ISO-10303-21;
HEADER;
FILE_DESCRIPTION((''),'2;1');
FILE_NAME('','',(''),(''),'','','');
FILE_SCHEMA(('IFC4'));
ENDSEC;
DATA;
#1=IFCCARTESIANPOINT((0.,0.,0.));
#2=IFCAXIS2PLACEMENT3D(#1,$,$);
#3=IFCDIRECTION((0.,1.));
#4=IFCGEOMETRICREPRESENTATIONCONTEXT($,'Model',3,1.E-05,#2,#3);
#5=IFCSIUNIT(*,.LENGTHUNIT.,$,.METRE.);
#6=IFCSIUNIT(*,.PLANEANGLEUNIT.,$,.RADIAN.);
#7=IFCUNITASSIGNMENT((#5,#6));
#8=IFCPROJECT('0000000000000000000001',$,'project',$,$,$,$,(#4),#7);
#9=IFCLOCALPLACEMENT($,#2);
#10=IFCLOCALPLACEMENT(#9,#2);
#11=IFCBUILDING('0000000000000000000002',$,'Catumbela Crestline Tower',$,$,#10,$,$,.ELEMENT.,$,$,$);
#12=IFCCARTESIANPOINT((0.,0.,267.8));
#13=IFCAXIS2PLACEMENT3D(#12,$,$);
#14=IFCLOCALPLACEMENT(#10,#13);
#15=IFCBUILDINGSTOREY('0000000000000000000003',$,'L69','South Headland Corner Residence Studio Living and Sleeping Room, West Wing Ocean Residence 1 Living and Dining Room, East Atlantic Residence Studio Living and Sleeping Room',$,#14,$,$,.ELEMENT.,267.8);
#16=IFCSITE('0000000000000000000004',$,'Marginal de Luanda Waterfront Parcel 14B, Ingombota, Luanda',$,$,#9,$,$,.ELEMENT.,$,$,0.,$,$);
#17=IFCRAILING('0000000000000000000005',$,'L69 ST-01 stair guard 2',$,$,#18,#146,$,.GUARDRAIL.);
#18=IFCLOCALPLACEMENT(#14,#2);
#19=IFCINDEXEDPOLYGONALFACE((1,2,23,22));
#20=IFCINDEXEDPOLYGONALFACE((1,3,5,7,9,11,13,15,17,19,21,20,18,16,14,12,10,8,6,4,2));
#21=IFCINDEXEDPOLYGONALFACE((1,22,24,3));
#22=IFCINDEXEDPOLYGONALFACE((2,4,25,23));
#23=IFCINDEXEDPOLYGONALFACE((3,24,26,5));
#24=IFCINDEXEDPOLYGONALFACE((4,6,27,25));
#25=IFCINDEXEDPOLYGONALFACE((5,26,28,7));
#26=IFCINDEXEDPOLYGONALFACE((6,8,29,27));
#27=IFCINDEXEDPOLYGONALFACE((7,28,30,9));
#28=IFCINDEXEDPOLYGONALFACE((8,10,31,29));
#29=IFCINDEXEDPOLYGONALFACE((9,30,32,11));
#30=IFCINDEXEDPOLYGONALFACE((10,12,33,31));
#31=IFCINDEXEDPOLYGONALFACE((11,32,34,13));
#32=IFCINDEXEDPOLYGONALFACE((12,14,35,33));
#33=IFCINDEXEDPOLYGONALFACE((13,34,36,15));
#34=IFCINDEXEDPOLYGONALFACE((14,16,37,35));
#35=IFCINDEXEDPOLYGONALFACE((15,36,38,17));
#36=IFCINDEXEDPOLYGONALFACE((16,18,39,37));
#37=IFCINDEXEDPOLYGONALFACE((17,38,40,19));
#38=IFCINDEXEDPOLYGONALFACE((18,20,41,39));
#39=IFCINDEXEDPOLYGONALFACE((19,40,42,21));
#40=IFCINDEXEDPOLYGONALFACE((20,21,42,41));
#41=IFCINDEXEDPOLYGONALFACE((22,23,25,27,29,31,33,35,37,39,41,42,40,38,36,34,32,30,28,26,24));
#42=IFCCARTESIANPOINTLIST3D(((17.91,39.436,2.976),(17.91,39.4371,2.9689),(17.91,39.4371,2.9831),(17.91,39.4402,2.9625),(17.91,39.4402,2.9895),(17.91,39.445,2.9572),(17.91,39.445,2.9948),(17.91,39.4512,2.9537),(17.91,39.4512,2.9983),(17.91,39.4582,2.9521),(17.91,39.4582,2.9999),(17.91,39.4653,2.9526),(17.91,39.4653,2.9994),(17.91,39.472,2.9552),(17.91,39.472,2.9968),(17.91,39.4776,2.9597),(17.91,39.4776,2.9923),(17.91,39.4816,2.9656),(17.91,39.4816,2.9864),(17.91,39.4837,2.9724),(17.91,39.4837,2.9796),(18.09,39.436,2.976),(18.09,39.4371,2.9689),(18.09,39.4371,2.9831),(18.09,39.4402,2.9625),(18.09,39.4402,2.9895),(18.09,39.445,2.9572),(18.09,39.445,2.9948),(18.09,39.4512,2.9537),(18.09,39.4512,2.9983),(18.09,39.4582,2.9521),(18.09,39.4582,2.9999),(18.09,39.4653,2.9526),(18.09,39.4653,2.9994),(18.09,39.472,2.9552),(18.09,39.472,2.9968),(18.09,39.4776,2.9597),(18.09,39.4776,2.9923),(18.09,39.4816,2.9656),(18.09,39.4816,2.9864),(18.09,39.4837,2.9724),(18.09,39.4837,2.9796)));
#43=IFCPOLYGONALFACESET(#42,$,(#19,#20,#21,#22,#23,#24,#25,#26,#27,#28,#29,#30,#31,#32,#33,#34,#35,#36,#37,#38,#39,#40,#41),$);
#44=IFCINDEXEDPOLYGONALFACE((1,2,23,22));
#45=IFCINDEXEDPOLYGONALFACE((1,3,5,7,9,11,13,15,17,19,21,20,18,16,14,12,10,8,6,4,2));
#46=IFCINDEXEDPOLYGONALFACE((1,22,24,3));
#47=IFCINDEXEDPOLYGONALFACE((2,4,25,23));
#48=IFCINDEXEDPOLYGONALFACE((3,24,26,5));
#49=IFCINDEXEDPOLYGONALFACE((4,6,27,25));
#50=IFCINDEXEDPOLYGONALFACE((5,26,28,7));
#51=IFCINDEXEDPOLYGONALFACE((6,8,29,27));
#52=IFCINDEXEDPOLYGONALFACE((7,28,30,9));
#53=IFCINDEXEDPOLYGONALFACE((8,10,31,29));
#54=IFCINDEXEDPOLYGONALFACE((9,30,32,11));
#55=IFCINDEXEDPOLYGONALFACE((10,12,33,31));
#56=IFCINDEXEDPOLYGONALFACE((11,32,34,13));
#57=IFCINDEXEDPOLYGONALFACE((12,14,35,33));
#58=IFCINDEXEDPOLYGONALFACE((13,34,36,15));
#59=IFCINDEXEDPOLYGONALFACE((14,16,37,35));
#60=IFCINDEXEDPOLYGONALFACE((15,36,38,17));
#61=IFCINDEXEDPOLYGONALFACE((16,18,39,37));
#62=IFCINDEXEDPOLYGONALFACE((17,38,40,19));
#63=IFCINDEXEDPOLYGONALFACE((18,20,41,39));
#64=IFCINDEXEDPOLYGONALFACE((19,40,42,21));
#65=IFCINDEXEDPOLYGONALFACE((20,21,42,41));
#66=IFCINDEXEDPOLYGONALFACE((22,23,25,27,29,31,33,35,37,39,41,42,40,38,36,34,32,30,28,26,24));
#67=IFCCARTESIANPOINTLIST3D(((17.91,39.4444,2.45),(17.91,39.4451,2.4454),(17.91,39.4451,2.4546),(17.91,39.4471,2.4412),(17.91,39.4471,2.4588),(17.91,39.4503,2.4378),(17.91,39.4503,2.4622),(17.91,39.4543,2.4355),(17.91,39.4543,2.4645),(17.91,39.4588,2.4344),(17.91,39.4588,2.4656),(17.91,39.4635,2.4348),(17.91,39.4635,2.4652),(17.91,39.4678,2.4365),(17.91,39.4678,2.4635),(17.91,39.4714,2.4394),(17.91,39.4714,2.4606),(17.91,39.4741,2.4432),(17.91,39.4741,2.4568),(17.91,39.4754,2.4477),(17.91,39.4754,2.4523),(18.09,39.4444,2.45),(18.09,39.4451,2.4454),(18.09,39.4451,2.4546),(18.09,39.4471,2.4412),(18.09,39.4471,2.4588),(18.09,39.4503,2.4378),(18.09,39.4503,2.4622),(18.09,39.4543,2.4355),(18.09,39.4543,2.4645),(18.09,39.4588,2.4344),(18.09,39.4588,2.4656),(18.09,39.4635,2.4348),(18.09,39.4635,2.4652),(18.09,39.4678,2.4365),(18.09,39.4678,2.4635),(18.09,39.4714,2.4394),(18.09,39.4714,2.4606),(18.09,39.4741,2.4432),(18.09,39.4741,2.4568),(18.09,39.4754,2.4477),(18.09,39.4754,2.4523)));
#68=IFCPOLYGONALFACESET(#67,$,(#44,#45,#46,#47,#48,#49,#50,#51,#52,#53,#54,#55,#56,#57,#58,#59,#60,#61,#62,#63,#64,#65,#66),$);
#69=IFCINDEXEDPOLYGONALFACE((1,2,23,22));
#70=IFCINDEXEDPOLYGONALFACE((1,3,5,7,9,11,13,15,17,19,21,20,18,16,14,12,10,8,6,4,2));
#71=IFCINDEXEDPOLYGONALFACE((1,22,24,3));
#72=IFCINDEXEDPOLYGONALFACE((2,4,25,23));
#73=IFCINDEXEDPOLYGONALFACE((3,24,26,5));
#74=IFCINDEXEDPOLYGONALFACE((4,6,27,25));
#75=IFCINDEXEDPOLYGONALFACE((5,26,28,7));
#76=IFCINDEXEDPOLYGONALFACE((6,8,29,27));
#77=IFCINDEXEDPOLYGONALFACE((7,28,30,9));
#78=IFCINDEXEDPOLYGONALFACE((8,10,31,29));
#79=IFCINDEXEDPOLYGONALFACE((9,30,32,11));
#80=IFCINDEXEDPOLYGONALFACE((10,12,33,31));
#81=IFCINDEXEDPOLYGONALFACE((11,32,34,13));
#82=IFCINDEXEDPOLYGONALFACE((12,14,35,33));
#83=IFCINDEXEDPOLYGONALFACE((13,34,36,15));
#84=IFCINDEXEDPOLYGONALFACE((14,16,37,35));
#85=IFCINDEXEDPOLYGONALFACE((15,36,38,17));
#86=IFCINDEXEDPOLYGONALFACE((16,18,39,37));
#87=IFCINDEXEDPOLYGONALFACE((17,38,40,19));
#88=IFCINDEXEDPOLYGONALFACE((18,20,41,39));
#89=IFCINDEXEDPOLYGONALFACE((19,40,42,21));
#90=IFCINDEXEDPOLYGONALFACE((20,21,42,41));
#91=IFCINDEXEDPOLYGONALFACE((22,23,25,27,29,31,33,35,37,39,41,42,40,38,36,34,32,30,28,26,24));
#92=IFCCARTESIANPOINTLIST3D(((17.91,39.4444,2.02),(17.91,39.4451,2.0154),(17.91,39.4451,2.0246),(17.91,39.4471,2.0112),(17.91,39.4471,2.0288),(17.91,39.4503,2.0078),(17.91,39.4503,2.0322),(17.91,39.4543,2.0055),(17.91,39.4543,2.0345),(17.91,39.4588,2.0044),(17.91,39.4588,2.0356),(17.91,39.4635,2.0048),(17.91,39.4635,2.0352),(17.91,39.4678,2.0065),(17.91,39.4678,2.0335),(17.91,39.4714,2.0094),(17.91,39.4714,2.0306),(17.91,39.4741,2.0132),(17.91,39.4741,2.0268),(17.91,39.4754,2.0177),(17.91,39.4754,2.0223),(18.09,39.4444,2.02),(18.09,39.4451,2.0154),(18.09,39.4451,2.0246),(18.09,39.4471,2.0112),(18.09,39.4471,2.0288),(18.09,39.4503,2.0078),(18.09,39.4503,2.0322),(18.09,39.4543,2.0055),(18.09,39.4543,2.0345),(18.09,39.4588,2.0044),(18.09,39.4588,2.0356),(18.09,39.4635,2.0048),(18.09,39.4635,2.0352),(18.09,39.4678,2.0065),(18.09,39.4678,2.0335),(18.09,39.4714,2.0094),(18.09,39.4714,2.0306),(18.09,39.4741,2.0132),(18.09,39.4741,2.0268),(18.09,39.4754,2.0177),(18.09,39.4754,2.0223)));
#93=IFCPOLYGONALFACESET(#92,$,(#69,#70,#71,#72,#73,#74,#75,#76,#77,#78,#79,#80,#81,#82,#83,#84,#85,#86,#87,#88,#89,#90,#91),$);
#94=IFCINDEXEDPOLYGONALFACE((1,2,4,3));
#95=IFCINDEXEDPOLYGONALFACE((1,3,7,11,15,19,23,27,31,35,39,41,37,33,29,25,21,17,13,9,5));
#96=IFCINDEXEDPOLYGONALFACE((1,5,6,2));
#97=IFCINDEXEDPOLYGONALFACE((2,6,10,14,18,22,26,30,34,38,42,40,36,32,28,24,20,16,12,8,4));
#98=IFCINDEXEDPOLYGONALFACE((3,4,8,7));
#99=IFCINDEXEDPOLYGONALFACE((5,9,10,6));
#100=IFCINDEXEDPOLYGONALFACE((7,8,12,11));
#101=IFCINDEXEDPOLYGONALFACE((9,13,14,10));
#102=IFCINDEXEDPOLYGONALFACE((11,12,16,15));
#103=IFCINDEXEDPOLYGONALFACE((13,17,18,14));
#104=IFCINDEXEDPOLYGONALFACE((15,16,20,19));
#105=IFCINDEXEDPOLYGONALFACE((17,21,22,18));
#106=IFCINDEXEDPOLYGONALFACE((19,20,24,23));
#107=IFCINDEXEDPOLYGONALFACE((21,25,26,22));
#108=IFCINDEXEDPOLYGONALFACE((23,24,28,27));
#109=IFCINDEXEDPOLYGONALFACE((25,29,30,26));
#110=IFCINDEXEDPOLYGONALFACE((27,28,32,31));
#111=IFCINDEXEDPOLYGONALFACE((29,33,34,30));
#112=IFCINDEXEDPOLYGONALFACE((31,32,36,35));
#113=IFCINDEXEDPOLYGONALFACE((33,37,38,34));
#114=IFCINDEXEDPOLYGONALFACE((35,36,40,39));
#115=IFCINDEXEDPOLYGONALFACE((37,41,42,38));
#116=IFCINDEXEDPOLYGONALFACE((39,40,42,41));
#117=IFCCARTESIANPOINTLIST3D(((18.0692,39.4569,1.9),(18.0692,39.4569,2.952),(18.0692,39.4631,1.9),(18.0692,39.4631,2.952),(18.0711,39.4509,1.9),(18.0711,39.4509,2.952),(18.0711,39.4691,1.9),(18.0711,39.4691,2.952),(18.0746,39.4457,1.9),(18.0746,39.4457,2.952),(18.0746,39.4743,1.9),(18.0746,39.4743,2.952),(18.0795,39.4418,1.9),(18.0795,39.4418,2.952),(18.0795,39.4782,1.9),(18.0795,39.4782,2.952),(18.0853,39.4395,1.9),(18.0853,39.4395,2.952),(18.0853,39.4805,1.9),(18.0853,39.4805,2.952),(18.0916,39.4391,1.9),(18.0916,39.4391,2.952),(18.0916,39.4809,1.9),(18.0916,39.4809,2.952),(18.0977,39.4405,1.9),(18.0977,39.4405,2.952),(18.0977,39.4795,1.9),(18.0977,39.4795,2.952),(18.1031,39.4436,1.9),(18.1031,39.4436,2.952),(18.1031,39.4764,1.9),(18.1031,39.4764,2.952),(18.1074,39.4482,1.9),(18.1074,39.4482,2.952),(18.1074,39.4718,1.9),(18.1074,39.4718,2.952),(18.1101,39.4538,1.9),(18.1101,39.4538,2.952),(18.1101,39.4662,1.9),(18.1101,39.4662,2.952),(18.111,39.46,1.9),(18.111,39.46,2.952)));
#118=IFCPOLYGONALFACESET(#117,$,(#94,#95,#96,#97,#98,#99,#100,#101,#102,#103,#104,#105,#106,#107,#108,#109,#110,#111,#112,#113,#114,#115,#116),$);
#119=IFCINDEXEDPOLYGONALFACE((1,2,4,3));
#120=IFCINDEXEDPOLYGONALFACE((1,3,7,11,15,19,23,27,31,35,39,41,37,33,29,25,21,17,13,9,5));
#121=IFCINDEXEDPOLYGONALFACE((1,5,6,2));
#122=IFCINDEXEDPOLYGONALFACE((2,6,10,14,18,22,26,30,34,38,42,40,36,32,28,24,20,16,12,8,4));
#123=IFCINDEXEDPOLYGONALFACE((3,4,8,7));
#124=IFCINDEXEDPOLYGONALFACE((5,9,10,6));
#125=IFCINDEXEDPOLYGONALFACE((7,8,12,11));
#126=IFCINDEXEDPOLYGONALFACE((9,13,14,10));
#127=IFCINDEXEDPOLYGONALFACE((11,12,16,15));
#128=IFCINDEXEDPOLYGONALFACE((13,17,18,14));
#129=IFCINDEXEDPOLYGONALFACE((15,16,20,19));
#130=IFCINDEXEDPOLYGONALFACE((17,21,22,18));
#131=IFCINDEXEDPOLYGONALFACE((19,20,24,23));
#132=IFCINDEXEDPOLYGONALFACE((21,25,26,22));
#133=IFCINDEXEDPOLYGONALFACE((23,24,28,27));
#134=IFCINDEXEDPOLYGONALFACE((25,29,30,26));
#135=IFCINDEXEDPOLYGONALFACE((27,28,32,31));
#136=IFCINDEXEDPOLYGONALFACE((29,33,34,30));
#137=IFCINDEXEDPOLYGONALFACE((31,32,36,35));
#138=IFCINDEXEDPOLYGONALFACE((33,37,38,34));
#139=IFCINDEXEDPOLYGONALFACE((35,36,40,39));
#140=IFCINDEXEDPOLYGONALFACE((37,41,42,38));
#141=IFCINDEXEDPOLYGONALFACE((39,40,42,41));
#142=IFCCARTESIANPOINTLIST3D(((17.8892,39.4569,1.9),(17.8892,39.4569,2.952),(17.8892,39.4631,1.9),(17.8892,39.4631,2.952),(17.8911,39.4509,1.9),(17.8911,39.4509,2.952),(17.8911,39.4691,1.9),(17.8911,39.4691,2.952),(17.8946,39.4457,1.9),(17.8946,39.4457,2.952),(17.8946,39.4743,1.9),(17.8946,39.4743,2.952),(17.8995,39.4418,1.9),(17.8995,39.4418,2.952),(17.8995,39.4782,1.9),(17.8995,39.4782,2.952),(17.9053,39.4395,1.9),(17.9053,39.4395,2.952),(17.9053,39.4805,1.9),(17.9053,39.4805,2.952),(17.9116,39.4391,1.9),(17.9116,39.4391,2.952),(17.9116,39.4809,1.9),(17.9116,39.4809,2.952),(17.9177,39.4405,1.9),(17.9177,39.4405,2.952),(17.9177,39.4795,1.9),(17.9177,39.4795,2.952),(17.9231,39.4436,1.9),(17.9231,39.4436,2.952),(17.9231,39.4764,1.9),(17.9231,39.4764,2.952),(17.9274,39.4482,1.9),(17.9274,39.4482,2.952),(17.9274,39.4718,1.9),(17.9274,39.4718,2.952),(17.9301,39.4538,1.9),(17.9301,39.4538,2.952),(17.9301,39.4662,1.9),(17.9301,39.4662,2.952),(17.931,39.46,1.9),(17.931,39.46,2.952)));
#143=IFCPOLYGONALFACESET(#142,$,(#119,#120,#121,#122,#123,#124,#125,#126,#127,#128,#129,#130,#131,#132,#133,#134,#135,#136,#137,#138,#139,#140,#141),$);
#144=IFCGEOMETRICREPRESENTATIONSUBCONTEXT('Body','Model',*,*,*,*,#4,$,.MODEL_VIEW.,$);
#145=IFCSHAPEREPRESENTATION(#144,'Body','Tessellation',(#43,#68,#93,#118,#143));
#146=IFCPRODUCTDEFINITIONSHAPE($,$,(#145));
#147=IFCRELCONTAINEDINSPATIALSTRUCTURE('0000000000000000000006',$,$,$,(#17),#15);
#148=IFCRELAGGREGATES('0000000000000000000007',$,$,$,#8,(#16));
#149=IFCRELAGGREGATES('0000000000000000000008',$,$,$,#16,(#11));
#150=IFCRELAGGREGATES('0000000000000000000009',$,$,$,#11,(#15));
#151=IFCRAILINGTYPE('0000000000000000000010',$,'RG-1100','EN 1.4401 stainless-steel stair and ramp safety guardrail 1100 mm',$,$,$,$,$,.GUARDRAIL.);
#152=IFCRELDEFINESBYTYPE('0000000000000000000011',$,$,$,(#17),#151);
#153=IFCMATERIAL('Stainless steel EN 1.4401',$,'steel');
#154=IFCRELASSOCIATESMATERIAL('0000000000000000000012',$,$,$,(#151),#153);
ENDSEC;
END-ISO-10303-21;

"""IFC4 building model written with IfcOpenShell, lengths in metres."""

from ifc_helpers import new_model, si_unit, direction, frame, origin, origin_2d, place, context, subcontext, project, spatial, circle, extrude, material, type_object, element, save


model = new_model("IFC4")

# Units and contexts
model_context = context("Model", 3, precision=1e-05, world=origin(), true_north=direction((0.0, 1.0)))
body_context = subcontext(model_context, "Body", "Model", "MODEL_VIEW")
ifc_project = project(units=[si_unit("LENGTHUNIT", "METRE"), si_unit("PLANEANGLEUNIT", "RADIAN")], contexts=[model_context])

# Site, building, storey
site_placement = place(None, origin())
site = spatial("IfcSite", under=ifc_project, at=site_placement, Name="Marginal de Luanda Waterfront Parcel 14B, Ingombota, Luanda", CompositionType="ELEMENT", RefElevation=0.0)
building_placement = place(site_placement, origin())
building = spatial("IfcBuilding", under=site, at=building_placement, Name="Catumbela Crestline Tower", CompositionType="ELEMENT")
storey_placement = place(building_placement, frame((0.0, 0.0, 267.8)))
storey = spatial("IfcBuildingStorey", under=building, at=storey_placement, Name="L69", Description="South Headland Corner Residence Studio Living and Sleeping Room, West Wing Ocean Residence 1 Living and Dining Room, East Atlantic Residence Studio Living and Sleeping Room", CompositionType="ELEMENT", Elevation=267.8)

# Shared definitions
ifc_material_1 = material(Name="Stainless steel EN 1.4401", Category="steel")

# Railing
railing_type_1 = type_object("IfcRailingType", Name="RG-1100", Description="EN 1.4401 stainless-steel stair and ramp safety guardrail 1100 mm", PredefinedType="GUARDRAIL", material=ifc_material_1)
railing_1_placement = place(storey_placement, frame((18.09, 39.46, 1.9)))
element("IfcRailing", 1, at=railing_1_placement, inside=storey, type_object=railing_type_1, Name="L69 ST-01 stair guard 2", PredefinedType="GUARDRAIL", context=body_context, shape_type="SweptSolid", body=[
    extrude(circle(Radius=0.024, at=origin_2d()), frame((0.0, 0.0, 1.076), z_axis=(-1.0, 0.0, 0.0), x_axis=(0.0, -1.0, 0.0)), (0.0, 0.0, 1.0), 0.18),
    extrude(circle(Radius=0.0156, at=origin_2d()), frame((0.0, 0.0, 0.55), z_axis=(-1.0, 0.0, 0.0), x_axis=(0.0, -1.0, 0.0)), (0.0, 0.0, 1.0), 0.18),
    extrude(circle(Radius=0.0156, at=origin_2d()), frame((0.0, 0.0, 0.12), z_axis=(-1.0, 0.0, 0.0), x_axis=(0.0, -1.0, 0.0)), (0.0, 0.0, 1.0), 0.18),
    extrude(circle(Radius=0.021, at=origin_2d()), origin(), (0.0, 0.0, 1.0), 1.052),
    extrude(circle(Radius=0.021, at=origin_2d()), frame((-0.18, 0.0, 0.0)), (0.0, 0.0, 1.0), 1.052),
])

save(model, "model.ifc")
